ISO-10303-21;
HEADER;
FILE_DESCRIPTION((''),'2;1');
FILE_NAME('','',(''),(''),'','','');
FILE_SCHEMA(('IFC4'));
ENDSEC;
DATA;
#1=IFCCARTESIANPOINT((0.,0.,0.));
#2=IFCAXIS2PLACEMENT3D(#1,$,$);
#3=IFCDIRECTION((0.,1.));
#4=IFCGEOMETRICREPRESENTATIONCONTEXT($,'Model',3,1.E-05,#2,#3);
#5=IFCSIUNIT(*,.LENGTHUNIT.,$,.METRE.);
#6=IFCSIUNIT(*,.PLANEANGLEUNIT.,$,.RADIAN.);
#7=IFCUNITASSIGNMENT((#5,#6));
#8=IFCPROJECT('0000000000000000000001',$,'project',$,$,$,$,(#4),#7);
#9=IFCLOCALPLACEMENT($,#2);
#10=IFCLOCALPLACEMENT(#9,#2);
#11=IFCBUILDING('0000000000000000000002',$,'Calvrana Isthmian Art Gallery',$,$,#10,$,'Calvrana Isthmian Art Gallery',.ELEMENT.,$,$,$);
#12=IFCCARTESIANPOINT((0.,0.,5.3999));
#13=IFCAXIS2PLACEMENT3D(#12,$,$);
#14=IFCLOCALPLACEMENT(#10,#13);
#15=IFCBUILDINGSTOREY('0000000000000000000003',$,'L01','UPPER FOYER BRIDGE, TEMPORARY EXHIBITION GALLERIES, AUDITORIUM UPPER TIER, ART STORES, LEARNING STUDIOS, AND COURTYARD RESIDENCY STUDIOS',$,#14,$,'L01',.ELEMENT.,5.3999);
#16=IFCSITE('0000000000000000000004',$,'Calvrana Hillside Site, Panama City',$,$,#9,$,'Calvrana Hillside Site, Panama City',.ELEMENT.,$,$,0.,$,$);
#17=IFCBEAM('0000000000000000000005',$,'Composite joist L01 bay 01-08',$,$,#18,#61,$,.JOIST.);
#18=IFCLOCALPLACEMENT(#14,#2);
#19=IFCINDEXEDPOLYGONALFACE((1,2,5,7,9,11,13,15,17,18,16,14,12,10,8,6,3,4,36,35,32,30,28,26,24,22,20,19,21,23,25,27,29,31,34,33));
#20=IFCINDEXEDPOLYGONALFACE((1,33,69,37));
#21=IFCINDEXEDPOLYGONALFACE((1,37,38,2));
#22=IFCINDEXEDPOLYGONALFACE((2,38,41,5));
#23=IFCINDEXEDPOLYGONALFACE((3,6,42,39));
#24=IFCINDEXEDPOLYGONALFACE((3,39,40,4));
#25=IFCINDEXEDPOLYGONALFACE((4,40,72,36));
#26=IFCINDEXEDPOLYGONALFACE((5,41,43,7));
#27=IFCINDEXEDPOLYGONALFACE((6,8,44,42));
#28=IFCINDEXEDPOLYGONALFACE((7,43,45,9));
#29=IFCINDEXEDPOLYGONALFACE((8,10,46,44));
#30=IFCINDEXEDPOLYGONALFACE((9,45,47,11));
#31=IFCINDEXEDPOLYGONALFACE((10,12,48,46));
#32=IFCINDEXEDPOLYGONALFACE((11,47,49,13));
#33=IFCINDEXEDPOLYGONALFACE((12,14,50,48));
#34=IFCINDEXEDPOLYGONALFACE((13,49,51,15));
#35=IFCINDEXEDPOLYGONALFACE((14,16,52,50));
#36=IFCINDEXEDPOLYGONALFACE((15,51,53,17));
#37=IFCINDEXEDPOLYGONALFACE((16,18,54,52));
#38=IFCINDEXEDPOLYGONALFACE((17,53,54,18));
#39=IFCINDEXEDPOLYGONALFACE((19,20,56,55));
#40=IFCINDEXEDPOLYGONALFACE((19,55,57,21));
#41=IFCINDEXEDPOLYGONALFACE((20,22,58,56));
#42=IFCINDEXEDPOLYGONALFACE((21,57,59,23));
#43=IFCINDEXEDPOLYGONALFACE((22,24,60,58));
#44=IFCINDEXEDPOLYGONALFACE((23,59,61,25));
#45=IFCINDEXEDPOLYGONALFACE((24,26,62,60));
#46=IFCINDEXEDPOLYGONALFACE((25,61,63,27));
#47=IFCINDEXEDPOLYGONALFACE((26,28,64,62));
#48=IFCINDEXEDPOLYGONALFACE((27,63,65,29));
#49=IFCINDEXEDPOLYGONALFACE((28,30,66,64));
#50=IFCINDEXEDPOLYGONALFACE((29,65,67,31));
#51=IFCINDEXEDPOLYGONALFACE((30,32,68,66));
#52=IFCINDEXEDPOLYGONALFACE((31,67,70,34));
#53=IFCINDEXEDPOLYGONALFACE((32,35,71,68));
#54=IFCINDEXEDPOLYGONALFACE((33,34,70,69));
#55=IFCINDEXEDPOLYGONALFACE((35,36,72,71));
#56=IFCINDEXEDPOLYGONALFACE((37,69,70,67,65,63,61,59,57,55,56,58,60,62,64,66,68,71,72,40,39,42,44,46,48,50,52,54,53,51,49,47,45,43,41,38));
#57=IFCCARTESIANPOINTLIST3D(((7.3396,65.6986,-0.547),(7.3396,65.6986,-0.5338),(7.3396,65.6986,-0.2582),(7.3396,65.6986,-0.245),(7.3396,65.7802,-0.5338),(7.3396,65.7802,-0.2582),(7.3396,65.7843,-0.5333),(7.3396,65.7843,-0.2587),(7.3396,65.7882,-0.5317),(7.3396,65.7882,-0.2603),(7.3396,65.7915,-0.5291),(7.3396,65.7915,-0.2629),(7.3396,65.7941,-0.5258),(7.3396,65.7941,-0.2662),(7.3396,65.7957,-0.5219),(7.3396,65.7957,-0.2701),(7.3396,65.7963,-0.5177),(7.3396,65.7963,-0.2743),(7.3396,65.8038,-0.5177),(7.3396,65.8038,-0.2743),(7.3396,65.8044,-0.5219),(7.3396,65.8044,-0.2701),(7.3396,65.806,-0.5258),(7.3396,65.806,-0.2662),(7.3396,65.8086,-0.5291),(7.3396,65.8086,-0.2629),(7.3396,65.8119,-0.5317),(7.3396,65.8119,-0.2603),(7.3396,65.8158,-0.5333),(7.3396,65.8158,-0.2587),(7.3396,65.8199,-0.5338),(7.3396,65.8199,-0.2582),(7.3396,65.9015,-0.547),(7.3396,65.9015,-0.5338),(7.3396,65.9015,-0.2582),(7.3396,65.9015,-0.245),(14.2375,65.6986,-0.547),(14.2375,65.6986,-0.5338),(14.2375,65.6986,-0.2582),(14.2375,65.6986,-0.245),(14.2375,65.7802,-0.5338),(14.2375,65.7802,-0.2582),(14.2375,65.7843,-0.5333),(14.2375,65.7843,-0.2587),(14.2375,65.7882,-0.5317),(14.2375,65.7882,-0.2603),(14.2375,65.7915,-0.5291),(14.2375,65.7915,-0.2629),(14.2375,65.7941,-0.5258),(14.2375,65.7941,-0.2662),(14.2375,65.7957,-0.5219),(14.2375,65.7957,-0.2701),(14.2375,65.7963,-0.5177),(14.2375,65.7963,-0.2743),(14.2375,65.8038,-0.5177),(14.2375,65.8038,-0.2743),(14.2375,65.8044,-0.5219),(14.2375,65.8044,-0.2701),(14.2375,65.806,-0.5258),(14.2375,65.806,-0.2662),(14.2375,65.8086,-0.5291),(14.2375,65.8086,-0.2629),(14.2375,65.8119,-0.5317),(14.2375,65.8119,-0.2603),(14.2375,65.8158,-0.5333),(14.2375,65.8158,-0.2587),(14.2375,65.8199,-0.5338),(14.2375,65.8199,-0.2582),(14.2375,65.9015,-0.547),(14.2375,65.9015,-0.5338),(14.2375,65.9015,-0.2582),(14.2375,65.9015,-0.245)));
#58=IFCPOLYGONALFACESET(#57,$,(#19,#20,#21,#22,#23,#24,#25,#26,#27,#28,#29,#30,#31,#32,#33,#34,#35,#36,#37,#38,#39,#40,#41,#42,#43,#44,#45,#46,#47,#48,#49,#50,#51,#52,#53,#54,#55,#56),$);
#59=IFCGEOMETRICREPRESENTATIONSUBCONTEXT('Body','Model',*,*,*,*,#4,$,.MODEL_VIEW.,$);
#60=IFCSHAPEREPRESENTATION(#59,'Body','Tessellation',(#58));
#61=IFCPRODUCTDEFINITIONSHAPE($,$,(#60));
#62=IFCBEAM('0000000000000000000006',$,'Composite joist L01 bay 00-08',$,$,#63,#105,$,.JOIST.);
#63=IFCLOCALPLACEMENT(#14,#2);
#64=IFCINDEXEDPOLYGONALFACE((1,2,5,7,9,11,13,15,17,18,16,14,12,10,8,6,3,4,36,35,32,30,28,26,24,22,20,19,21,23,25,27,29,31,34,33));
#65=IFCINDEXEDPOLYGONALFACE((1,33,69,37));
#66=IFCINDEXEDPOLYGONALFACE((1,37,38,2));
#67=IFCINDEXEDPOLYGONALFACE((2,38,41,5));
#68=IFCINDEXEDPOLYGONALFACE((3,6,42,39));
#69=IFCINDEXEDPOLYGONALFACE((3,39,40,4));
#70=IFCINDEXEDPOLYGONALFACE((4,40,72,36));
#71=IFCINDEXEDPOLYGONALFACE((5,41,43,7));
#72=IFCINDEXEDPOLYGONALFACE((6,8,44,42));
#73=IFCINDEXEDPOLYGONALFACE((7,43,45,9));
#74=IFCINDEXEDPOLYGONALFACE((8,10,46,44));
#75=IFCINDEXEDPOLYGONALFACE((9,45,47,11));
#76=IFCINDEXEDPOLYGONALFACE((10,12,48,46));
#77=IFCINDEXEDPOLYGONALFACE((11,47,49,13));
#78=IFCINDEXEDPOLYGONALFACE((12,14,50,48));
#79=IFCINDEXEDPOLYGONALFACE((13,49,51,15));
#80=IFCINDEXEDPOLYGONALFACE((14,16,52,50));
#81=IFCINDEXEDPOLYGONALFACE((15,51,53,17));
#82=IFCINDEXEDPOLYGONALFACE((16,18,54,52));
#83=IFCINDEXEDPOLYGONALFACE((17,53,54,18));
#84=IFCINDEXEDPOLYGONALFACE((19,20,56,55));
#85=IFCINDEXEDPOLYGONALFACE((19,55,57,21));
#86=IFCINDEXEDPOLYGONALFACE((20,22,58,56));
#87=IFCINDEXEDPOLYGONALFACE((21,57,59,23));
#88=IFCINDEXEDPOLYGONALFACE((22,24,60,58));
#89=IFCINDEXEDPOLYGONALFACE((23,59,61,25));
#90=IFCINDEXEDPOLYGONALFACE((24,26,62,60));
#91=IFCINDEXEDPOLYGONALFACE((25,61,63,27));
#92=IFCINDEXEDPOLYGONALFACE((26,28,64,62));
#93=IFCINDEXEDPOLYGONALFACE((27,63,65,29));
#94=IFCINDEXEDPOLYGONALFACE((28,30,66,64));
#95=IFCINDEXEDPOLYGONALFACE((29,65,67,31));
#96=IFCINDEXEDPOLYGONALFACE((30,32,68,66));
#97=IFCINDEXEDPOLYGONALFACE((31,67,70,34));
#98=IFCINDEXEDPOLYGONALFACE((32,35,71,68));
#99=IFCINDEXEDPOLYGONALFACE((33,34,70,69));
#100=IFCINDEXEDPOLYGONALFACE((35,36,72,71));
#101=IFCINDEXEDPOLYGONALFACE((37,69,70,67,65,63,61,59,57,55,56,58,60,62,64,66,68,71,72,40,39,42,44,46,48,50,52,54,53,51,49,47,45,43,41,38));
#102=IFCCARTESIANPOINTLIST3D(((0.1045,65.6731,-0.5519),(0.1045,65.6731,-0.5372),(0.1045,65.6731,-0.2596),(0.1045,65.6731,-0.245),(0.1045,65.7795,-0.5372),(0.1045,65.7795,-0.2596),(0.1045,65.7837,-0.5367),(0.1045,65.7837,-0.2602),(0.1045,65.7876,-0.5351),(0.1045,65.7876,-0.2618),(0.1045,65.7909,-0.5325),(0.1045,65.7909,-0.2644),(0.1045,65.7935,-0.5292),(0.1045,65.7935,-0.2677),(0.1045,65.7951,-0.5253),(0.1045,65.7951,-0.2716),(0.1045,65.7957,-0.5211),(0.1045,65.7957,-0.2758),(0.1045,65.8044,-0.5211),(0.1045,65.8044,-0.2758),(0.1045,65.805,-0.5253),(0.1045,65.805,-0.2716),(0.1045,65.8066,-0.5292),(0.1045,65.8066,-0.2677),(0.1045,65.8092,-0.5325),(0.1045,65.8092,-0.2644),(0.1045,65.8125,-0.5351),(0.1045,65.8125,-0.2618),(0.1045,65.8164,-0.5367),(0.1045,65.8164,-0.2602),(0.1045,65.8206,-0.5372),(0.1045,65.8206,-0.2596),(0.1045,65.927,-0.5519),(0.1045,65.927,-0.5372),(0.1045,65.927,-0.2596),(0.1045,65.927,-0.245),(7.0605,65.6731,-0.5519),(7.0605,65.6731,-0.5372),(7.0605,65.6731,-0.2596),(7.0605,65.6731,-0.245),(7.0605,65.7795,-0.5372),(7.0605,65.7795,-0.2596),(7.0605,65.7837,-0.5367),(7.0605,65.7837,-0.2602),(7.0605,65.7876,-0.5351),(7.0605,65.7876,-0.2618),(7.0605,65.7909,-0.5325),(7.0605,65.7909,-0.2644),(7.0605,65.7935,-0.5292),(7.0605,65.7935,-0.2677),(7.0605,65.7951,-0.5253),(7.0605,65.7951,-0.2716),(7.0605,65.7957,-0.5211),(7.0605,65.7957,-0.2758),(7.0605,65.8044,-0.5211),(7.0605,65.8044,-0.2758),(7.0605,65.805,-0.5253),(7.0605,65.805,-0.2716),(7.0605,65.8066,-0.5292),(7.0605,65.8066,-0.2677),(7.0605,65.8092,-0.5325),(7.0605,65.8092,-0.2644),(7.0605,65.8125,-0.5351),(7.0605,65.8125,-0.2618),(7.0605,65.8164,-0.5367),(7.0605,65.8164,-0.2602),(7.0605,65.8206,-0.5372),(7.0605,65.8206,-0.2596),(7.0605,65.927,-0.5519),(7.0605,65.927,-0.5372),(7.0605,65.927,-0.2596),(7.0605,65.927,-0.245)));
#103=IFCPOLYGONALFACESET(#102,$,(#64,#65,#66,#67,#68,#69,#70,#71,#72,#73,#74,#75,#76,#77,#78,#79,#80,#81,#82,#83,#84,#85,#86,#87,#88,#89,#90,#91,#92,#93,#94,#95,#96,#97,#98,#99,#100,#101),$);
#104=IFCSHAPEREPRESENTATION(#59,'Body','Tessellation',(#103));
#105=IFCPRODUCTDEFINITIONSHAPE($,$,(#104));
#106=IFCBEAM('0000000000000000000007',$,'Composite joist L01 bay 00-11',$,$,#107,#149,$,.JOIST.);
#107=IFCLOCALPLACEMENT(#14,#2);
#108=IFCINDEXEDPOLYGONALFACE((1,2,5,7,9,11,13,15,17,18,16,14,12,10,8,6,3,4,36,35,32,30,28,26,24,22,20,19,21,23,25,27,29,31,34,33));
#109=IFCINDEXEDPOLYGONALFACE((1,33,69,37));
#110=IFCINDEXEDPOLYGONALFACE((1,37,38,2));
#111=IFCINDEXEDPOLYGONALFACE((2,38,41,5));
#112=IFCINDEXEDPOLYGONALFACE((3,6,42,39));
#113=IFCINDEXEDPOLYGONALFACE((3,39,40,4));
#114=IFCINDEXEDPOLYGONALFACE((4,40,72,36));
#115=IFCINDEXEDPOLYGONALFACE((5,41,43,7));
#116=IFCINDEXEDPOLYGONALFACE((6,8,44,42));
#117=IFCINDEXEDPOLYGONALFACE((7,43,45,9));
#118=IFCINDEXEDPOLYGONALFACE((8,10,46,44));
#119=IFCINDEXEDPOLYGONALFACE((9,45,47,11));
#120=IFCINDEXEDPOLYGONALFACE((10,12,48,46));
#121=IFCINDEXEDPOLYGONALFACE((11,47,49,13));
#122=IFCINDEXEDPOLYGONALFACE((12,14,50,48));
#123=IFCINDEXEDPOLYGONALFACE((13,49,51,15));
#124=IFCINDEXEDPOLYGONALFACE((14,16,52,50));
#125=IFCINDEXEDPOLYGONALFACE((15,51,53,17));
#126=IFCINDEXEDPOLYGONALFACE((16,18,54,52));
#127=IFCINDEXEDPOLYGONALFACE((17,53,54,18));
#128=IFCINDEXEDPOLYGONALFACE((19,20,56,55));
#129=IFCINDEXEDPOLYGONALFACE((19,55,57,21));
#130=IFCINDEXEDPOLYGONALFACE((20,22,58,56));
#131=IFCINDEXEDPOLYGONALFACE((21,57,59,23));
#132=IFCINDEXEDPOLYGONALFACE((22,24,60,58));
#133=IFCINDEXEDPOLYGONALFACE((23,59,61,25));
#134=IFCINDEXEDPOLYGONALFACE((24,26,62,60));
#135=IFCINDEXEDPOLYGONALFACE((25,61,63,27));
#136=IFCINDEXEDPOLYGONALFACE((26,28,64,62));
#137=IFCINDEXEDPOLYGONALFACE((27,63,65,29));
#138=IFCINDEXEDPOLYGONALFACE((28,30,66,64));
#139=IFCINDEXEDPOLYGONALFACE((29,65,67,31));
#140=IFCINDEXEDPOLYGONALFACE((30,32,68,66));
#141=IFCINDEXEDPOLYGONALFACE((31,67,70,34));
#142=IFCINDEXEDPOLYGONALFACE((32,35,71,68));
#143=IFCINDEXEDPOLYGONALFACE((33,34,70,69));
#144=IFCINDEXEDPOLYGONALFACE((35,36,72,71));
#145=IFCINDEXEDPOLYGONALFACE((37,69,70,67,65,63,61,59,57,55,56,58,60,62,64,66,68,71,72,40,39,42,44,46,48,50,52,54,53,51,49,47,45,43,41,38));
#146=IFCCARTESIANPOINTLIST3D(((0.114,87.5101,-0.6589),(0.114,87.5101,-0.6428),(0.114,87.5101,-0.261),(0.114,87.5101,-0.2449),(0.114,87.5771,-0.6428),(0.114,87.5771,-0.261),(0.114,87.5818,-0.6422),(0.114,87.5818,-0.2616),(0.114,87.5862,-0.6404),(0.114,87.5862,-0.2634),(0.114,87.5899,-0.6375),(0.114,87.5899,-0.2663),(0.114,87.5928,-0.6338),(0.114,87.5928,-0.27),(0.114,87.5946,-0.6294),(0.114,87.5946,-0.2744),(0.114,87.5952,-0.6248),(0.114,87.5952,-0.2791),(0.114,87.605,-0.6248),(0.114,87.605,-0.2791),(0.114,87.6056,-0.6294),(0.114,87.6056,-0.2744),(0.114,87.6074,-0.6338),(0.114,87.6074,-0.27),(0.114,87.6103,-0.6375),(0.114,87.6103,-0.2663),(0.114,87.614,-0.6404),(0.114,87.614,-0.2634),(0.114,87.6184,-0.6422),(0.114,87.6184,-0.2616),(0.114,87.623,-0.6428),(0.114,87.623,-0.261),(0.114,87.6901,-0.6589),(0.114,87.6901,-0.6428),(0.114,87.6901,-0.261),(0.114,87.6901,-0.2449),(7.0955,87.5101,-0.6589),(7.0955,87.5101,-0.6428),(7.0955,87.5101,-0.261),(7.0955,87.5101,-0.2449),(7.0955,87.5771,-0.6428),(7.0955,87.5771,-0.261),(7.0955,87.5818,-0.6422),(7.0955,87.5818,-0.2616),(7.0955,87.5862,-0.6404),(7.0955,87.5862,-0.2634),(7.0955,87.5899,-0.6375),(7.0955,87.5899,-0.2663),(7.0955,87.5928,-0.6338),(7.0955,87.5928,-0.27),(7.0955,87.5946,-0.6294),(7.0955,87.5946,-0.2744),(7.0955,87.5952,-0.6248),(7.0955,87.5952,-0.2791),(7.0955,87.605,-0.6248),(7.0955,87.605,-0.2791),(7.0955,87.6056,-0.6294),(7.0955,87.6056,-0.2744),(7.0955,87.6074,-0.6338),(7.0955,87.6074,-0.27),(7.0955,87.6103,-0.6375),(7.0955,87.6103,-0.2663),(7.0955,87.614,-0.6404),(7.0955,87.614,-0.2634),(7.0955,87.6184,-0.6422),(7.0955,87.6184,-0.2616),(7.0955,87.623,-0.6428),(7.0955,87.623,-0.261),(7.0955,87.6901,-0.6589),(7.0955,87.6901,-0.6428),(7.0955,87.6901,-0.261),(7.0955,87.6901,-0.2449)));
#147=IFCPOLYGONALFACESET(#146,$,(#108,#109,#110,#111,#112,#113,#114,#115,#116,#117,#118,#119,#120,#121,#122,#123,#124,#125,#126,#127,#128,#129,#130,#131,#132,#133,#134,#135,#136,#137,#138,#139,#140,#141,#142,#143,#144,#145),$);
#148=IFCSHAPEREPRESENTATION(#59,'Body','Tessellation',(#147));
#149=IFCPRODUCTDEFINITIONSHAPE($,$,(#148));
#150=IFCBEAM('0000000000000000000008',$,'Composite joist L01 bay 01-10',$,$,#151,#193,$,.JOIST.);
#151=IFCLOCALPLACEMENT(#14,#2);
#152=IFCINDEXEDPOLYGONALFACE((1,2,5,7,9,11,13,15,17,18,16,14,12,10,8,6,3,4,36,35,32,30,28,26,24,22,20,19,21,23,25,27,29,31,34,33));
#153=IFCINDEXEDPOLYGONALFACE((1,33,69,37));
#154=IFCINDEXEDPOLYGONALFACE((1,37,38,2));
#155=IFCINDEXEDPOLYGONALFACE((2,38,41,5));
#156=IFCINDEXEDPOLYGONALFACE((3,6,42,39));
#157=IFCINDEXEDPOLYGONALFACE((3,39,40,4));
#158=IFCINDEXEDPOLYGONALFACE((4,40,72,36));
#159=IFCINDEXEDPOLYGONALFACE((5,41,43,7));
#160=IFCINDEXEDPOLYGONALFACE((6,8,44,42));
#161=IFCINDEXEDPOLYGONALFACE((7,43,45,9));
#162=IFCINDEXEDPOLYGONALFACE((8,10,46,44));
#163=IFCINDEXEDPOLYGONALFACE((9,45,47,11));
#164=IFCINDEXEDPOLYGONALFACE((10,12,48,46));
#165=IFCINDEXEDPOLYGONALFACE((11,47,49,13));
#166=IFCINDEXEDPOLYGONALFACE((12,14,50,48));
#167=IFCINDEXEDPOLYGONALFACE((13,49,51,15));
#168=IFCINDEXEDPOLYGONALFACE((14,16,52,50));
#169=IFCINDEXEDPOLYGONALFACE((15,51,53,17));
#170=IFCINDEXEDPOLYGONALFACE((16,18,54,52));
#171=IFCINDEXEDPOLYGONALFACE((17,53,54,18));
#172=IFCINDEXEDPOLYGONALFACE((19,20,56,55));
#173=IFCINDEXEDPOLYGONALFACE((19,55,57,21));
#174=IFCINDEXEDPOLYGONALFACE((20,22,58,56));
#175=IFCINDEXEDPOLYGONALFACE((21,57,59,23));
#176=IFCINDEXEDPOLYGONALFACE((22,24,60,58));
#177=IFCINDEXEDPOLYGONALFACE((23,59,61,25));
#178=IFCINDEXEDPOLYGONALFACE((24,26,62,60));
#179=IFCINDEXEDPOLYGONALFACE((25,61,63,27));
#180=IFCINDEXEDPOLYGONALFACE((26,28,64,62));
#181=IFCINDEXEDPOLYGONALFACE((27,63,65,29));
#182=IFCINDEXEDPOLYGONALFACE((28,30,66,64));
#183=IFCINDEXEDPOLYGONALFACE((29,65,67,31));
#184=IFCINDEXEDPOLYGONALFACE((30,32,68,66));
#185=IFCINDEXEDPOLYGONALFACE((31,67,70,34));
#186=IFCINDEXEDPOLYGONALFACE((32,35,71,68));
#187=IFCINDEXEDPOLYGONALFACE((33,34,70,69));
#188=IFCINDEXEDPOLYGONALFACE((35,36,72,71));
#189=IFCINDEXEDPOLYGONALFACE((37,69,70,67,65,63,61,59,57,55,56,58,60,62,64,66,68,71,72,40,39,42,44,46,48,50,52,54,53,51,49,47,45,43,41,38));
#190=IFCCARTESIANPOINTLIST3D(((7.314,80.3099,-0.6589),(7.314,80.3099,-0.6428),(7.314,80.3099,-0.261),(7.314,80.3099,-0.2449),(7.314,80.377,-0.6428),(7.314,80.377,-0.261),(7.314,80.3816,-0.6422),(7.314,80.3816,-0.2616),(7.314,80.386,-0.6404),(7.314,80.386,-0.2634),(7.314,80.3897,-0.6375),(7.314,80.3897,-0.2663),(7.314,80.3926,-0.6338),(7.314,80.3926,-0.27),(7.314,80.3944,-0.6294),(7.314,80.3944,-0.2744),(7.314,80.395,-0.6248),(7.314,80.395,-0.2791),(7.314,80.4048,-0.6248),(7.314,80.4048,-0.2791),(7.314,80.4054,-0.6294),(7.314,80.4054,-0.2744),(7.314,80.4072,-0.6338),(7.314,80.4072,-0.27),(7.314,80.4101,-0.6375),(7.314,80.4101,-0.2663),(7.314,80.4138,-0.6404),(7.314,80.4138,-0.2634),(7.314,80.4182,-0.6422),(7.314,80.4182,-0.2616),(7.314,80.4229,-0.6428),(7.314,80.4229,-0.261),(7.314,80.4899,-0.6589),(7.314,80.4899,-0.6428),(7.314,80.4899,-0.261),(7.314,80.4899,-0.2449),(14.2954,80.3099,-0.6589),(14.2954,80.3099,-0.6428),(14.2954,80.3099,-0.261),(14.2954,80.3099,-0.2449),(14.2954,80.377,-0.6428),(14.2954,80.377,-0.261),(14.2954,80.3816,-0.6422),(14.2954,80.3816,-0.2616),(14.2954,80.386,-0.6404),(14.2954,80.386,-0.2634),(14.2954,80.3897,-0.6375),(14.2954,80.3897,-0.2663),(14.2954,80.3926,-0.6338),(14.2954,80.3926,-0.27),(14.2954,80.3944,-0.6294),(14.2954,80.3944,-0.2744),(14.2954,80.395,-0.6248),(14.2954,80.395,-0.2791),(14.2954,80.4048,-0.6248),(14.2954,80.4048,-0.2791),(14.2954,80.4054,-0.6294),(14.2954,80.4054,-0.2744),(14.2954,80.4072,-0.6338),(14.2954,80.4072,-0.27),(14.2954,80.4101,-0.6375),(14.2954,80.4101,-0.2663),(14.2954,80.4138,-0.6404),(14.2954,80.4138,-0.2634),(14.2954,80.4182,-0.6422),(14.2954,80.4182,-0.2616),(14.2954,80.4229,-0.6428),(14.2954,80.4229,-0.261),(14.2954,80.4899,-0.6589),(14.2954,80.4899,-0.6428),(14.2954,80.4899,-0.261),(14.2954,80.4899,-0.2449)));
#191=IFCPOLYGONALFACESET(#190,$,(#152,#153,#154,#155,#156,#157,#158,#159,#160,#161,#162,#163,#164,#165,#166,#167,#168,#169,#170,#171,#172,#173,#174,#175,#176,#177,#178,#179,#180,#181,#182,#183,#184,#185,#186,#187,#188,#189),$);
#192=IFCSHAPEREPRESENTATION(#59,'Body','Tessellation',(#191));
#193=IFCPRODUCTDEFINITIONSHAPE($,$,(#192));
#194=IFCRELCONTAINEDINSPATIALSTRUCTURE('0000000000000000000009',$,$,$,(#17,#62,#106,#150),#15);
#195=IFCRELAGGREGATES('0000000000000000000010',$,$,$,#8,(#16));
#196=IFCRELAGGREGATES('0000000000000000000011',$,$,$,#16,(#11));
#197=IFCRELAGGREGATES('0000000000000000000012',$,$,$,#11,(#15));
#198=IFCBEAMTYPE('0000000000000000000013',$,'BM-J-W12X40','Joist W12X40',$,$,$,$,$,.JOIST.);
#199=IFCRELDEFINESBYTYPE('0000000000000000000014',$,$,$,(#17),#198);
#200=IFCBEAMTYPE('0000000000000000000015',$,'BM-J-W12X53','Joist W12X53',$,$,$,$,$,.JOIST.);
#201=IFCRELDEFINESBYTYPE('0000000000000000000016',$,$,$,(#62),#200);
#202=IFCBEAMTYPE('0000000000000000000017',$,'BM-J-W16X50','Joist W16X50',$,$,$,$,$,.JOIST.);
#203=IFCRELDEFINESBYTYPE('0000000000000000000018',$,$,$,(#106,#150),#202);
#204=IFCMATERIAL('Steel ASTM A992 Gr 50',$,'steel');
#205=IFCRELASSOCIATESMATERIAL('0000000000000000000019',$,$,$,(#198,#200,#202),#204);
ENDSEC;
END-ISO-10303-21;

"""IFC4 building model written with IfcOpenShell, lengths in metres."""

from ifc_helpers import new_model, si_unit, direction, frame, origin, origin_2d, place, context, subcontext, project, spatial, i_section, extrude, material, material_profile, profile_set, type_object, element, save


model = new_model("IFC4")

# Units and contexts
model_context = context("Model", 3, precision=1e-05, world=origin(), true_north=direction((0.0, 1.0)))
body_context = subcontext(model_context, "Body", "Model", "MODEL_VIEW")
ifc_project = project(units=[si_unit("LENGTHUNIT", "METRE"), si_unit("PLANEANGLEUNIT", "RADIAN")], contexts=[model_context])

# Site, building, storey
site_placement = place(None, origin())
site = spatial("IfcSite", under=ifc_project, at=site_placement, Name="Calvrana Hillside Site, Panama City", LongName="Calvrana Hillside Site, Panama City", CompositionType="ELEMENT", RefElevation=0.0)
building_placement = place(site_placement, origin())
building = spatial("IfcBuilding", under=site, at=building_placement, Name="Calvrana Isthmian Art Gallery", LongName="Calvrana Isthmian Art Gallery", CompositionType="ELEMENT")
storey_placement = place(building_placement, frame((0.0, 0.0, 5.3999)))
storey = spatial("IfcBuildingStorey", under=building, at=storey_placement, Name="L01", Description="UPPER FOYER BRIDGE, TEMPORARY EXHIBITION GALLERIES, AUDITORIUM UPPER TIER, ART STORES, LEARNING STUDIOS, AND COURTYARD RESIDENCY STUDIOS", LongName="L01", CompositionType="ELEMENT", Elevation=5.3999)

# Beams
ifc_material_1 = material(Name="Steel ASTM A992 Gr 50", Category="steel")
ifc_material_profile_1 = material_profile(ifc_material_1, i_section(OverallWidth=0.2029, OverallDepth=0.302, WebThickness=0.0076, FlangeThickness=0.0132, FilletRadius=0.0161, at=origin_2d()), Name="W12X40")
ifc_profile_set_1 = profile_set([ifc_material_profile_1], Name="Steel ASTM A992 Gr 50")
beam_type_1 = type_object("IfcBeamType", Name="BM-J-W12X40", Description="Joist W12X40", PredefinedType="JOIST", material=ifc_profile_set_1)
beam_1_placement = place(storey_placement, frame((7.3396, 65.8, -0.396), z_axis=(1.0, 0.0, 0.0), x_axis=(0.0, 1.0, 0.0)))
element("IfcBeam", 1, at=beam_1_placement, inside=storey, type_object=beam_type_1, Name="Composite joist L01 bay 01-08", PredefinedType="JOIST", context=body_context, shape_type="SweptSolid", body=[
    extrude(i_section(OverallWidth=0.2029, OverallDepth=0.302, WebThickness=0.0076, FlangeThickness=0.0132, FilletRadius=0.0161, at=origin_2d()), origin(), (0.0, 0.0, 1.0), 6.8979),
])
ifc_material_profile_2 = material_profile(ifc_material_1, i_section(OverallWidth=0.2539, OverallDepth=0.3069, WebThickness=0.0088, FlangeThickness=0.0146, FilletRadius=0.0161, at=origin_2d()), Name="W12X53")
ifc_profile_set_2 = profile_set([ifc_material_profile_2], Name="Steel ASTM A992 Gr 50")
beam_type_2 = type_object("IfcBeamType", Name="BM-J-W12X53", Description="Joist W12X53", PredefinedType="JOIST", material=ifc_profile_set_2)
beam_2_placement = place(storey_placement, frame((0.1045, 65.8, -0.3984), z_axis=(1.0, 0.0, 0.0), x_axis=(0.0, 1.0, 0.0)))
element("IfcBeam", 2, at=beam_2_placement, inside=storey, type_object=beam_type_2, Name="Composite joist L01 bay 00-08", PredefinedType="JOIST", context=body_context, shape_type="SweptSolid", body=[
    extrude(i_section(OverallWidth=0.2539, OverallDepth=0.3069, WebThickness=0.0088, FlangeThickness=0.0146, FilletRadius=0.0161, at=origin_2d()), origin(), (0.0, 0.0, 1.0), 6.9561),
])
ifc_material_profile_3 = material_profile(ifc_material_1, i_section(OverallWidth=0.1799, OverallDepth=0.4141, WebThickness=0.0098, FlangeThickness=0.0161, FilletRadius=0.0181, at=origin_2d()), Name="W16X50")
ifc_profile_set_3 = profile_set([ifc_material_profile_3], Name="Steel ASTM A992 Gr 50")
beam_type_3 = type_object("IfcBeamType", Name="BM-J-W16X50", Description="Joist W16X50", PredefinedType="JOIST", material=ifc_profile_set_3)
for number, where, z_axis, x_axis, name in (
    (3, (0.114, 87.6001, -0.4519), (1.0, 0.0, 0.0), (0.0, 1.0, 0.0), "Composite joist L01 bay 00-11"),
    (4, (7.314, 80.3999, -0.4519), (1.0, 0.0, 0.0), (0.0, 1.0, 0.0), "Composite joist L01 bay 01-10"),
):
    element("IfcBeam", number, at=place(storey_placement, frame(where, z_axis=z_axis, x_axis=x_axis)), inside=storey, type_object=beam_type_3, Name=name, PredefinedType="JOIST", context=body_context, shape_type="SweptSolid", body=[
        extrude(i_section(OverallWidth=0.1799, OverallDepth=0.4141, WebThickness=0.0098, FlangeThickness=0.0161, FilletRadius=0.0181, at=origin_2d()), origin(), (0.0, 0.0, 1.0), 6.9814),
    ])

save(model, "model.ifc")
